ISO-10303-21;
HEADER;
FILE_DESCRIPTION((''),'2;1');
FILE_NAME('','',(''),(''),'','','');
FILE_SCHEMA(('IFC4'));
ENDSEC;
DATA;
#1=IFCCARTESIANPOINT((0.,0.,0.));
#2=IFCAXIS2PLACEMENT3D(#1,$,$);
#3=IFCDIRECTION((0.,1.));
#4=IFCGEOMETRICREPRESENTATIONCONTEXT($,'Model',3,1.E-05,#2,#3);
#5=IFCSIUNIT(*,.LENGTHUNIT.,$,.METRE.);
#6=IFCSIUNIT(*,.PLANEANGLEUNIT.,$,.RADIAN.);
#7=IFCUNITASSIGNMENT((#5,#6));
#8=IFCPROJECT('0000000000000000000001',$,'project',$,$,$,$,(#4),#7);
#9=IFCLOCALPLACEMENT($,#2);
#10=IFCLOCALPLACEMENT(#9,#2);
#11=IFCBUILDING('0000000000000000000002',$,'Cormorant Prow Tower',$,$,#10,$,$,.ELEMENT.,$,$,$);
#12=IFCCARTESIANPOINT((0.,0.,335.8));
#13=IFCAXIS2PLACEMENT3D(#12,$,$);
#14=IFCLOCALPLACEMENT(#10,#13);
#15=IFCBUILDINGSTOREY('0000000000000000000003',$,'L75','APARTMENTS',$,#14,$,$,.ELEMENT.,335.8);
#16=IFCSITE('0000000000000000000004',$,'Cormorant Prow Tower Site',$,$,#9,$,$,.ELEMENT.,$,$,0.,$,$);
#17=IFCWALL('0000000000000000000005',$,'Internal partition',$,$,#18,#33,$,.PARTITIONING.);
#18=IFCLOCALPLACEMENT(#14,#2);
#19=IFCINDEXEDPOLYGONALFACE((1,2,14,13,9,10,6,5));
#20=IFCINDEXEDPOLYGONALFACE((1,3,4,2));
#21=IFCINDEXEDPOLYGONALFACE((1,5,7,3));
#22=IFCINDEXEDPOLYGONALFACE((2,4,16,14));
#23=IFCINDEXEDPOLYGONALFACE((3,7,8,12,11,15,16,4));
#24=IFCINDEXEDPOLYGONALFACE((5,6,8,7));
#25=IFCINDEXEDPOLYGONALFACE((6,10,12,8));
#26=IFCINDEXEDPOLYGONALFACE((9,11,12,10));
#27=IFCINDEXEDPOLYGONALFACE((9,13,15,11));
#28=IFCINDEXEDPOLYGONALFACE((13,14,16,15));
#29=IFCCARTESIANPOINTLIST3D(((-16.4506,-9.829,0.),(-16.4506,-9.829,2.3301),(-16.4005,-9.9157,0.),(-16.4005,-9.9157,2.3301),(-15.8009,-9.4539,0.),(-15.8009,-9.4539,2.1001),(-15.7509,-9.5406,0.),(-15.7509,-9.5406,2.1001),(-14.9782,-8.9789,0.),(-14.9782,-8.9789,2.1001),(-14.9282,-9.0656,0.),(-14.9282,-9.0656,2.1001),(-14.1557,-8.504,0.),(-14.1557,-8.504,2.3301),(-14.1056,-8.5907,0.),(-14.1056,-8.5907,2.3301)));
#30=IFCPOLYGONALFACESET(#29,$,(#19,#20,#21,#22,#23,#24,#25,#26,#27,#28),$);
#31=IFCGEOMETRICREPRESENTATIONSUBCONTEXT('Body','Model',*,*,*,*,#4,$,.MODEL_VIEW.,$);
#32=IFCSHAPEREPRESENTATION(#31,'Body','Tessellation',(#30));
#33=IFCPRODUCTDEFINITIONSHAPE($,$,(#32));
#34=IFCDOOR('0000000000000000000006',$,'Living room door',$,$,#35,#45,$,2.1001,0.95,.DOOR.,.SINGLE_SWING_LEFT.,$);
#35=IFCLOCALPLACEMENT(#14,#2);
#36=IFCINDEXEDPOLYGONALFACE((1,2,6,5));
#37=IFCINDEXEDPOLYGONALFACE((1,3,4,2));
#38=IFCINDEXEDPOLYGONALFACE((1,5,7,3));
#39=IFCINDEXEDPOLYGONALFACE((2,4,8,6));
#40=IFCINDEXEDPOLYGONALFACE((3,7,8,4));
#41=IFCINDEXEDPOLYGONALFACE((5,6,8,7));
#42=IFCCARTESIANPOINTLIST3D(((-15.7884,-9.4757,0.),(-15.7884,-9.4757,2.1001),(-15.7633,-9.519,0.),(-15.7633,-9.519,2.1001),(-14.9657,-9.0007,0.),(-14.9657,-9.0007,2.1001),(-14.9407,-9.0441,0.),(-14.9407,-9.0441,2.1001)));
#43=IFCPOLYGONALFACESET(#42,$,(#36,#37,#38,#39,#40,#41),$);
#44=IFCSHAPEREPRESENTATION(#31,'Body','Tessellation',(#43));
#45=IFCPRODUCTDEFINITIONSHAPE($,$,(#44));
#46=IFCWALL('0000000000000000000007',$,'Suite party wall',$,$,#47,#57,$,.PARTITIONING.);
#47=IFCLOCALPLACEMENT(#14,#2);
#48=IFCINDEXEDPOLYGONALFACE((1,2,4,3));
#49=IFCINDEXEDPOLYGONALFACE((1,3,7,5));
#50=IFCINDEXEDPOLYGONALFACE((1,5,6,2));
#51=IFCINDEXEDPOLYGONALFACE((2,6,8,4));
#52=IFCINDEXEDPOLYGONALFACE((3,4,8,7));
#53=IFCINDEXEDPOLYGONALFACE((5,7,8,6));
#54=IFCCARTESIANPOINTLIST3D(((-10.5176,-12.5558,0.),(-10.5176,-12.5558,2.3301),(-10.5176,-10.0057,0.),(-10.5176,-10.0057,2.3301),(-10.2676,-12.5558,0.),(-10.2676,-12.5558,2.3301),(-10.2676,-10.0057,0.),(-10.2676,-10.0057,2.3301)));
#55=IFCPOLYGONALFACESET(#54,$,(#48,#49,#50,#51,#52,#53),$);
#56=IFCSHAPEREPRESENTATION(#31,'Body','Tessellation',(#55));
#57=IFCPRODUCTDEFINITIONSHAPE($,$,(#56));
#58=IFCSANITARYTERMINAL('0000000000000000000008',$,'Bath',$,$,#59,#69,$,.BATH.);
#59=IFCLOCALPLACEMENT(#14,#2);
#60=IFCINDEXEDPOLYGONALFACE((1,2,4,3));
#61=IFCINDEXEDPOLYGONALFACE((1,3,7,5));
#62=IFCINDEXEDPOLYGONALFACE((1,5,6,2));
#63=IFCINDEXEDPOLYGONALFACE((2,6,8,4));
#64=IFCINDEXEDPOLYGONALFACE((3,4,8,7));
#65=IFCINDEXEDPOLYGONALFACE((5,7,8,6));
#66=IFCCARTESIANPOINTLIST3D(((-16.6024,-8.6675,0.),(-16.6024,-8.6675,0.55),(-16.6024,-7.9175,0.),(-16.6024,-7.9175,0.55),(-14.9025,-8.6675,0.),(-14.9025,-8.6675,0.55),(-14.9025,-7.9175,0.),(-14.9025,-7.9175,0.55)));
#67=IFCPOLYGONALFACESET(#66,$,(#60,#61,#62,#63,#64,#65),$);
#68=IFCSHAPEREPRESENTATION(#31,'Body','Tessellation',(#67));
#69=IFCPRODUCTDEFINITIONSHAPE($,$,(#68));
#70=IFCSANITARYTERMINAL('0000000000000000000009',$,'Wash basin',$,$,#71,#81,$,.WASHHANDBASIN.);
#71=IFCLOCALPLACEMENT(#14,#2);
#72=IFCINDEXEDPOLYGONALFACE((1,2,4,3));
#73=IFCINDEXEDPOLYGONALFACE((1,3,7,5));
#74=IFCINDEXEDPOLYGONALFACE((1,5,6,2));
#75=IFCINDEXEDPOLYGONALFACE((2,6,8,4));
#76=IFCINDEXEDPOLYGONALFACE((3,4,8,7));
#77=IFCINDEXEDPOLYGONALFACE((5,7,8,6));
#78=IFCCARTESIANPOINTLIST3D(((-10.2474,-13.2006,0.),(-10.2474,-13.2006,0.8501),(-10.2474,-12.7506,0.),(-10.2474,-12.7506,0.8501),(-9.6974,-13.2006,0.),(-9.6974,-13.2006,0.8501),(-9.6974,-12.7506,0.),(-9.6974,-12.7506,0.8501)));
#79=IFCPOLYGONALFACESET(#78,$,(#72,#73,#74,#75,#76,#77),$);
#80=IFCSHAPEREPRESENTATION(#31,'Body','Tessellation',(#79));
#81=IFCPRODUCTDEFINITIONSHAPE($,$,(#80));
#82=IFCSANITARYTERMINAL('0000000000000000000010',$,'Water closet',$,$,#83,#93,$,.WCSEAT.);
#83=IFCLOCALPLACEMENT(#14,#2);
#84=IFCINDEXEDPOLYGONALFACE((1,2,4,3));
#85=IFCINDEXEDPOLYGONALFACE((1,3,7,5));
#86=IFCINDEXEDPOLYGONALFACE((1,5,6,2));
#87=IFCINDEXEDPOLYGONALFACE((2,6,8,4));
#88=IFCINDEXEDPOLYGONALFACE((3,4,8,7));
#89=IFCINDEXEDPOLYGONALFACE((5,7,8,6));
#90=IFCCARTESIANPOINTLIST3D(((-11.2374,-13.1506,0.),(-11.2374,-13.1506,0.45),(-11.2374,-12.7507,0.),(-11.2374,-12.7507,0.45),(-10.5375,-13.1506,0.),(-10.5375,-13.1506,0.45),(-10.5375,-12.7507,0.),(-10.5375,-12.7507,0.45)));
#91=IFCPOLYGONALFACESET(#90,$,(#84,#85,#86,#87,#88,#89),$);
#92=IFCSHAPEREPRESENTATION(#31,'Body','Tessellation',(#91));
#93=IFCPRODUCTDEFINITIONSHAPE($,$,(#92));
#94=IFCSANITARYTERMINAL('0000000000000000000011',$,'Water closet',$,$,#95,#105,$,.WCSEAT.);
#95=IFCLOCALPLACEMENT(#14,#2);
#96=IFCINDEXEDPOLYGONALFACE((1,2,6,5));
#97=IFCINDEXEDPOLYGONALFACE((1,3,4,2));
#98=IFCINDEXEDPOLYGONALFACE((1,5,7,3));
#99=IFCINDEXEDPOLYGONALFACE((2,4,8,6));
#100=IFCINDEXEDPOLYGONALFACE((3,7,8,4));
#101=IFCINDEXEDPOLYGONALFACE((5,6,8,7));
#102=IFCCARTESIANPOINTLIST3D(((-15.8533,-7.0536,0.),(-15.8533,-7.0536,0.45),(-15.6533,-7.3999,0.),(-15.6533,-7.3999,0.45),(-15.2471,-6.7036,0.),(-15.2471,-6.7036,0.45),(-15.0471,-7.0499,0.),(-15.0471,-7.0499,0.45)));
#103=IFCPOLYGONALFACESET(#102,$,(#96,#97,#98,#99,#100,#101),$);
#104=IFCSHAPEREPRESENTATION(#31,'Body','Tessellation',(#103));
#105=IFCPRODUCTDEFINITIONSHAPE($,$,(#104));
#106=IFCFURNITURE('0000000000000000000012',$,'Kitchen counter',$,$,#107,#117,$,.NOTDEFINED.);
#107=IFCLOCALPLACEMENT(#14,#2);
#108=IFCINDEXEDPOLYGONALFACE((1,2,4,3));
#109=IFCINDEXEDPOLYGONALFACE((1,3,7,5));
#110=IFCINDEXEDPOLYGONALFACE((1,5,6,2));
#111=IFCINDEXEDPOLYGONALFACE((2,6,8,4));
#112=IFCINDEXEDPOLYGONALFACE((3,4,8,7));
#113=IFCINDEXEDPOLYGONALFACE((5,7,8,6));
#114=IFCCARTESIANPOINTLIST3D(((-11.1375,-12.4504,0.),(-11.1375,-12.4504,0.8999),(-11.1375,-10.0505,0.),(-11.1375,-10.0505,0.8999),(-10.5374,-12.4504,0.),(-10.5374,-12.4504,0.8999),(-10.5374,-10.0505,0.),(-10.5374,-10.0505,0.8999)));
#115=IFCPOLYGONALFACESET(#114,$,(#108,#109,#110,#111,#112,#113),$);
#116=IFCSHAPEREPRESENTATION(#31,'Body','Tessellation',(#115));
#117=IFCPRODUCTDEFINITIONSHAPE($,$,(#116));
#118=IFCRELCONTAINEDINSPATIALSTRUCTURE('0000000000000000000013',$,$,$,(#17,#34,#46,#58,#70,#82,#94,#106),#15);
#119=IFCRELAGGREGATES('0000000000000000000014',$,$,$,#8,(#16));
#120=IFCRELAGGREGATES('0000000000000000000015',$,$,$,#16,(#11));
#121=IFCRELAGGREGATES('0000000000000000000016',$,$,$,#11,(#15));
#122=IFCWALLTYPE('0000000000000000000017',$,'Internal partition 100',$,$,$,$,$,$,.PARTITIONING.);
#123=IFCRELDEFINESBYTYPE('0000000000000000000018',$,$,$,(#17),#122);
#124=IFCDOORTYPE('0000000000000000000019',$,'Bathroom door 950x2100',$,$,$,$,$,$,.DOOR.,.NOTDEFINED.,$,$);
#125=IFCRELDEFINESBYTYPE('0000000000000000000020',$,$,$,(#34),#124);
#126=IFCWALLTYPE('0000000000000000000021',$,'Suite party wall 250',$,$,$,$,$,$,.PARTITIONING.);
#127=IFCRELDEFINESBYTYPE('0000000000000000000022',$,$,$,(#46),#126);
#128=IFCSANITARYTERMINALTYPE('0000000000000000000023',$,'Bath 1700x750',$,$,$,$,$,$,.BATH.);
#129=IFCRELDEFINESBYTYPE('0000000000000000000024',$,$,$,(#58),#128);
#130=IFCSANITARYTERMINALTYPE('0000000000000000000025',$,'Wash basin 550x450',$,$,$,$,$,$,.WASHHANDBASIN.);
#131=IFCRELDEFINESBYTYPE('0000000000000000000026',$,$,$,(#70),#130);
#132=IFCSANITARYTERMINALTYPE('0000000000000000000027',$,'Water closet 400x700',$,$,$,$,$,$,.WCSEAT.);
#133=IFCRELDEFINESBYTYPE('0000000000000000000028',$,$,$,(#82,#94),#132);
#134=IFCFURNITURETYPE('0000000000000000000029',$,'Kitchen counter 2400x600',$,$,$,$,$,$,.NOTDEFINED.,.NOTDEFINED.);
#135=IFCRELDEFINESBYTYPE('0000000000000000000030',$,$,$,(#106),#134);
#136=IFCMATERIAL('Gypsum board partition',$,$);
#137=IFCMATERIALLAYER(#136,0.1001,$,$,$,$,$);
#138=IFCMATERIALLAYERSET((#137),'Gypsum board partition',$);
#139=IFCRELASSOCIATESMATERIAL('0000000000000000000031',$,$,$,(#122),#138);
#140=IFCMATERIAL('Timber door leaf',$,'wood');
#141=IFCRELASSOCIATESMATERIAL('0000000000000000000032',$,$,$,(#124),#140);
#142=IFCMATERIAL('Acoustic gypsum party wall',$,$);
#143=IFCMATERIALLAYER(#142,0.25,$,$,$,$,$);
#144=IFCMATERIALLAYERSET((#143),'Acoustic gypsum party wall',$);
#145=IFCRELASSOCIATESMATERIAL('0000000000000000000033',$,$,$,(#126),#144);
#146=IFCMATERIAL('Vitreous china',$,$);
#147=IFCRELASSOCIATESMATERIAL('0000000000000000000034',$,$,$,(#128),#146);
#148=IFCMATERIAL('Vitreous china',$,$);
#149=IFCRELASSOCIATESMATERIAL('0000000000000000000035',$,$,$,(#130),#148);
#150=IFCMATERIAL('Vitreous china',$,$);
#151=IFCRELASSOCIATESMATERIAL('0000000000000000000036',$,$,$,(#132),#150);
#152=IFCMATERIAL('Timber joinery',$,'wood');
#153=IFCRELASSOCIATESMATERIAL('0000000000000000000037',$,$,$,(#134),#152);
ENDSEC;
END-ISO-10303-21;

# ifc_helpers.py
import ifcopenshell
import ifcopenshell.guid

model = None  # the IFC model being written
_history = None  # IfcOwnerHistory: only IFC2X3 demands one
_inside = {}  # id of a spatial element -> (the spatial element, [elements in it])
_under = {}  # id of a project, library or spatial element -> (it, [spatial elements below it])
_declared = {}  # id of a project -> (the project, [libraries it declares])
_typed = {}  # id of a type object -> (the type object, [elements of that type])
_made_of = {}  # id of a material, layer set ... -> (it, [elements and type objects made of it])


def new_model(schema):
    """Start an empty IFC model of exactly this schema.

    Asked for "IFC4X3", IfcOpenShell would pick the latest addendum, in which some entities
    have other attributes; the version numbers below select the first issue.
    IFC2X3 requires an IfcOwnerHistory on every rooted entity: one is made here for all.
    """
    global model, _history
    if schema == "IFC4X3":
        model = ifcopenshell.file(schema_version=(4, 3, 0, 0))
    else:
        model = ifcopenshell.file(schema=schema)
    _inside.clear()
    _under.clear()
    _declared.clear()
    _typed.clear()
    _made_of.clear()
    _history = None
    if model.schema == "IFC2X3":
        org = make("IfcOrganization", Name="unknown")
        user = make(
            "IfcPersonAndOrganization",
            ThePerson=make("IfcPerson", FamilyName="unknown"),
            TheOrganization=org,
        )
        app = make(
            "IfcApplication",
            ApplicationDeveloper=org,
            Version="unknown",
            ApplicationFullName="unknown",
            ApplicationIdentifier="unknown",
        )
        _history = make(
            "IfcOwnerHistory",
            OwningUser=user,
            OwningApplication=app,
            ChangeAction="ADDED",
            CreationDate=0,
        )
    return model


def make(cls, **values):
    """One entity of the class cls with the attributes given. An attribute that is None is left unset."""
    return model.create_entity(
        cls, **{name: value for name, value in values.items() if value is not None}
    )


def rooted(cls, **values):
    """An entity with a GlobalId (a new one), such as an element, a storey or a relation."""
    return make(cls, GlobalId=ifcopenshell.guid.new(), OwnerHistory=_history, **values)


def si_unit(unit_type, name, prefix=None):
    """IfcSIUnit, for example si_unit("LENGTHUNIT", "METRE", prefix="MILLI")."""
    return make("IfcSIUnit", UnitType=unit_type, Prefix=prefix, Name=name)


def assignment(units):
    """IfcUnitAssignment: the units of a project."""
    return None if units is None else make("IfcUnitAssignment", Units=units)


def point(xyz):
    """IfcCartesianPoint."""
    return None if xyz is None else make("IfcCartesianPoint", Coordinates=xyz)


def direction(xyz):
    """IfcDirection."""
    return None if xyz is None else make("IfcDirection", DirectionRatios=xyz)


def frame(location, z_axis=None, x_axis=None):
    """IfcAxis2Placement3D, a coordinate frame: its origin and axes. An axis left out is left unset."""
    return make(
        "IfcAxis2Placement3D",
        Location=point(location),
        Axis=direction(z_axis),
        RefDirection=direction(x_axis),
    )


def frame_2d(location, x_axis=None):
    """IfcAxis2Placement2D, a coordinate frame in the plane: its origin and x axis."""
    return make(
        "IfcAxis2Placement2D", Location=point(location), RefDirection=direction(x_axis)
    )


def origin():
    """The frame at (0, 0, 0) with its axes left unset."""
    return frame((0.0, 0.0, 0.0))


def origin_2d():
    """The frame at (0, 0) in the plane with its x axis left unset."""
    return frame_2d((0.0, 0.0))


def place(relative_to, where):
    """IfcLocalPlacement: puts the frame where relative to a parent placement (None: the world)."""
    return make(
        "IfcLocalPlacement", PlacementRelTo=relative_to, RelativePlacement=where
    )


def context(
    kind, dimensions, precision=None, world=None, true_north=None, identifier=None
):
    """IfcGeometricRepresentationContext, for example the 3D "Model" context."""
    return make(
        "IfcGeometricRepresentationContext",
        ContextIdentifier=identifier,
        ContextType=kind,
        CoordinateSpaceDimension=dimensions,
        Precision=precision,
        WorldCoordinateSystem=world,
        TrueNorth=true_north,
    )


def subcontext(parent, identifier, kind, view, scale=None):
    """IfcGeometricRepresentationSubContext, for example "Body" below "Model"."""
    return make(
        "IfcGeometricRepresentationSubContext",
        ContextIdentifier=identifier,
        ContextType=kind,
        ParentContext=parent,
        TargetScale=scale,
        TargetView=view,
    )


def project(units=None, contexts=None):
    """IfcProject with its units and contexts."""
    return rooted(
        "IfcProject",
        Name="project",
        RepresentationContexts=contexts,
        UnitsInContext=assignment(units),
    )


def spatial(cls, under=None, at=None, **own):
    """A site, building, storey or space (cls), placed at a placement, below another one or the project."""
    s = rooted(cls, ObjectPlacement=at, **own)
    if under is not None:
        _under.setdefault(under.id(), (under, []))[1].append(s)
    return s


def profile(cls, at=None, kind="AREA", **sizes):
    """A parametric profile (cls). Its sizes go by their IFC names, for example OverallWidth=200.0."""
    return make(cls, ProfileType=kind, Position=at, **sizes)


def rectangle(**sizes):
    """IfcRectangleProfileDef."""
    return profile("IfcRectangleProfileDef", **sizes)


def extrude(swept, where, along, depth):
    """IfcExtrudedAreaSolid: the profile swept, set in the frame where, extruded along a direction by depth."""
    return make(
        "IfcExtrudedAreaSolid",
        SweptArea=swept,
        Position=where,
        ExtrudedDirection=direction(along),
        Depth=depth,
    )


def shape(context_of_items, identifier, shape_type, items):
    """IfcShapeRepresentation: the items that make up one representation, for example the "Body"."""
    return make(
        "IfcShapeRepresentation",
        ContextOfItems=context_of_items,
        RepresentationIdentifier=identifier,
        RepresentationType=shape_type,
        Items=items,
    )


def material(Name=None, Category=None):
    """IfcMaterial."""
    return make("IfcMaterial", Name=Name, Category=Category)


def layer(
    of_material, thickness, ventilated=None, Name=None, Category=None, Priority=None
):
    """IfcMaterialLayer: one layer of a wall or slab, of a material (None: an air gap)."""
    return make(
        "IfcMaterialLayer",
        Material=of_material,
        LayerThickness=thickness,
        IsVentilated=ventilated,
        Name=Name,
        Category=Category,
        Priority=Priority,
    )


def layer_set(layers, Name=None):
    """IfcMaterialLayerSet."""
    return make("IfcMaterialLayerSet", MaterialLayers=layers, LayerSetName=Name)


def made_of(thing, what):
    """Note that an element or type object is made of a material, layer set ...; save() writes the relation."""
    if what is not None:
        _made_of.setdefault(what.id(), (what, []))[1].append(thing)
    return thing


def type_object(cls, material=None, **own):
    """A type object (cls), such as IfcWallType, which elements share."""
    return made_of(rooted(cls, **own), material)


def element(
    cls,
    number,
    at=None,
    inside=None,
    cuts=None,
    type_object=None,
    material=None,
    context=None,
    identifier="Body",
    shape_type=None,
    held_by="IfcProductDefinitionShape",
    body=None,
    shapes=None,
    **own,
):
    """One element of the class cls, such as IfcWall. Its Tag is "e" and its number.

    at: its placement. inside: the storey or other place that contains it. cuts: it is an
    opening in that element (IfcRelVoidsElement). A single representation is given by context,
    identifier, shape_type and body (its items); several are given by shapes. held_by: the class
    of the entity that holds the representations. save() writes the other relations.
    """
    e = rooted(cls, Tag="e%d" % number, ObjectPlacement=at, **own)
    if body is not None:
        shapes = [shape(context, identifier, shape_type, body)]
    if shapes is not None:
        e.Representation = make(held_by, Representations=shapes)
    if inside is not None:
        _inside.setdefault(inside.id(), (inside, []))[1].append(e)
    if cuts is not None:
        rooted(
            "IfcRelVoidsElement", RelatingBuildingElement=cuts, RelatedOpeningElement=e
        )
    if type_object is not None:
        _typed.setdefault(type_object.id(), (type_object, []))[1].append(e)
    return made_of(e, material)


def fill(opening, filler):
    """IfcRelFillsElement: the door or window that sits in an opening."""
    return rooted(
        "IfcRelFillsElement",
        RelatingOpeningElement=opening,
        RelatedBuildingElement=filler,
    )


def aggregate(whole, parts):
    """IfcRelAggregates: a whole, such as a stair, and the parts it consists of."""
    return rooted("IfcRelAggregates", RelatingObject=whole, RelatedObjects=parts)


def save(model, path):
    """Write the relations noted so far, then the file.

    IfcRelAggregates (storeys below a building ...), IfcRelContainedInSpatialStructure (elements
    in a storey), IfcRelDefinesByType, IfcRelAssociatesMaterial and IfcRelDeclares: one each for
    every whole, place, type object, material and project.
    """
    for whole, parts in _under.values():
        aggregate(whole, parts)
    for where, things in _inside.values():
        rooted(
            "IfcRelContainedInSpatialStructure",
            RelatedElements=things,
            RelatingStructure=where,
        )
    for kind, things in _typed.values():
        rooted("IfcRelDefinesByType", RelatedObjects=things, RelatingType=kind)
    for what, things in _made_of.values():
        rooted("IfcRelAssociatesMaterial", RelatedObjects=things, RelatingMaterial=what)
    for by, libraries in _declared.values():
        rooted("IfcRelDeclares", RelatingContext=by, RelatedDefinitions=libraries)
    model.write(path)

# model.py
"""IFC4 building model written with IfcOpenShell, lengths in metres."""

from ifc_helpers import new_model, si_unit, direction, frame, frame_2d, origin, origin_2d, place, context, subcontext, project, spatial, rectangle, extrude, material, layer, layer_set, type_object, element, fill, save


model = new_model("IFC4")

# Units and contexts
model_context = context("Model", 3, precision=1e-05, world=origin(), true_north=direction((0.0, 1.0)))
body_context = subcontext(model_context, "Body", "Model", "MODEL_VIEW")
ifc_project = project(units=[si_unit("LENGTHUNIT", "METRE"), si_unit("PLANEANGLEUNIT", "RADIAN")], contexts=[model_context])

# Site, building, storey
site_placement = place(None, origin())
site = spatial("IfcSite", under=ifc_project, at=site_placement, Name="Cormorant Prow Tower Site", CompositionType="ELEMENT", RefElevation=0.0)
building_placement = place(site_placement, origin())
building = spatial("IfcBuilding", under=site, at=building_placement, Name="Cormorant Prow Tower", CompositionType="ELEMENT")
storey_placement = place(building_placement, frame((0.0, 0.0, 335.8)))
storey = spatial("IfcBuildingStorey", under=building, at=storey_placement, Name="L75", Description="APARTMENTS", CompositionType="ELEMENT", Elevation=335.8)

# Shared definitions
ifc_material_1 = material(Name="Gypsum board partition")
ifc_layer_1 = layer(ifc_material_1, 0.1001)
ifc_layer_set_1 = layer_set([ifc_layer_1], Name="Gypsum board partition")
wall_type_1 = type_object("IfcWallType", Name="Internal partition 100", PredefinedType="PARTITIONING", material=ifc_layer_set_1)

# Wall, opening, door
wall_1_placement = place(storey_placement, frame((-16.4255, -9.8723, 0.0), z_axis=(0.0, 0.0, 1.0), x_axis=(0.866029, 0.499994, 0.0)))
wall_1 = element("IfcWall", 1, at=wall_1_placement, inside=storey, type_object=wall_type_1, Name="Internal partition", PredefinedType="PARTITIONING", context=body_context, shape_type="SweptSolid", body=[
    extrude(rectangle(XDim=2.6499, YDim=0.1001, at=frame_2d((1.325, 0.0))), origin(), (0.0, 0.0, 1.0), 2.3301),
])
opening_1_placement = place(wall_1_placement, frame((0.75, 0.0, 0.0)))
opening_1 = element("IfcOpeningElement", 2, at=opening_1_placement, cuts=wall_1, PredefinedType="OPENING", context=body_context, shape_type="SweptSolid", body=[
    extrude(rectangle(XDim=0.95, YDim=2.1001, at=frame_2d((0.4751, 1.05))), frame((0.0, 0.0601, 0.0), z_axis=(0.0, -1.0, 0.0), x_axis=(1.0, 0.0, 0.0)), (0.0, 0.0, 1.0), 0.1201),
])
ifc_material_2 = material(Name="Timber door leaf", Category="wood")
door_type_1 = type_object("IfcDoorType", Name="Bathroom door 950x2100", OperationType="NOTDEFINED", PredefinedType="DOOR", material=ifc_material_2)
door_1_placement = place(opening_1_placement, origin())
door_1 = element("IfcDoor", 3, at=door_1_placement, inside=storey, type_object=door_type_1, Name="Living room door", OperationType="SINGLE_SWING_LEFT", OverallHeight=2.1001, OverallWidth=0.95, PredefinedType="DOOR", context=body_context, shape_type="SweptSolid", body=[
    extrude(rectangle(XDim=0.95, YDim=2.1001, at=frame_2d((0.4751, 1.05))), frame((0.0, 0.0249, 0.0), z_axis=(0.0, -1.0, 0.0), x_axis=(1.0, 0.0, 0.0)), (0.0, 0.0, 1.0), 0.05),
])
fill(opening_1, door_1)

# Wall
ifc_material_3 = material(Name="Acoustic gypsum party wall")
ifc_layer_2 = layer(ifc_material_3, 0.25)
ifc_layer_set_2 = layer_set([ifc_layer_2], Name="Acoustic gypsum party wall")
wall_type_2 = type_object("IfcWallType", Name="Suite party wall 250", PredefinedType="PARTITIONING", material=ifc_layer_set_2)
wall_2_placement = place(storey_placement, frame((-10.3926, -12.5557, 0.0), z_axis=(0.0, 0.0, 1.0), x_axis=(0.0, 1.0, 0.0)))
element("IfcWall", 4, at=wall_2_placement, inside=storey, type_object=wall_type_2, Name="Suite party wall", PredefinedType="PARTITIONING", context=body_context, shape_type="SweptSolid", body=[
    extrude(rectangle(XDim=2.55, YDim=0.25, at=frame_2d((1.2749, 0.0))), origin(), (0.0, 0.0, 1.0), 2.3301),
])

# Sanitary terminals
ifc_material_4 = material(Name="Vitreous china")
sanitary_terminal_type_1 = type_object("IfcSanitaryTerminalType", Name="Bath 1700x750", PredefinedType="BATH", material=ifc_material_4)
sanitary_terminal_1_placement = place(storey_placement, frame((-15.7524, -8.2925, 0.0), z_axis=(0.0, 0.0, 1.0), x_axis=(1.0, 0.0, 0.0)))
element("IfcSanitaryTerminal", 5, at=sanitary_terminal_1_placement, inside=storey, type_object=sanitary_terminal_type_1, Name="Bath", PredefinedType="BATH", context=body_context, shape_type="SweptSolid", body=[
    extrude(rectangle(XDim=1.7, YDim=0.75, at=origin_2d()), origin(), (0.0, 0.0, 1.0), 0.55),
])
ifc_material_5 = material(Name="Vitreous china")
sanitary_terminal_type_2 = type_object("IfcSanitaryTerminalType", Name="Wash basin 550x450", PredefinedType="WASHHANDBASIN", material=ifc_material_5)
sanitary_terminal_2_placement = place(storey_placement, frame((-9.9724, -12.9756, 0.0), z_axis=(0.0, 0.0, 1.0), x_axis=(1.0, 0.0, 0.0)))
element("IfcSanitaryTerminal", 6, at=sanitary_terminal_2_placement, inside=storey, type_object=sanitary_terminal_type_2, Name="Wash basin", PredefinedType="WASHHANDBASIN", context=body_context, shape_type="SweptSolid", body=[
    extrude(rectangle(XDim=0.55, YDim=0.45, at=origin_2d()), origin(), (0.0, 0.0, 1.0), 0.8501),
])
ifc_material_6 = material(Name="Vitreous china")
sanitary_terminal_type_3 = type_object("IfcSanitaryTerminalType", Name="Water closet 400x700", PredefinedType="WCSEAT", material=ifc_material_6)
for number, where, z_axis, x_axis, name in (
    (7, (-10.8875, -12.9507, 0.0), (0.0, 0.0, 1.0), (0.0, -1.0, 0.0), "Water closet"),
    (8, (-15.4502, -7.0518, 0.0), (0.0, 0.0, 1.0), (0.5, -0.866025, 0.0), "Water closet"),
):
    element("IfcSanitaryTerminal", number, at=place(storey_placement, frame(where, z_axis=z_axis, x_axis=x_axis)), inside=storey, type_object=sanitary_terminal_type_3, Name=name, PredefinedType="WCSEAT", context=body_context, shape_type="SweptSolid", body=[
        extrude(rectangle(XDim=0.3999, YDim=0.7, at=origin_2d()), origin(), (0.0, 0.0, 1.0), 0.45),
    ])

# Furniture
ifc_material_7 = material(Name="Timber joinery", Category="wood")
furniture_type = type_object("IfcFurnitureType", Name="Kitchen counter 2400x600", AssemblyPlace="NOTDEFINED", PredefinedType="NOTDEFINED", material=ifc_material_7)
furniture_placement = place(storey_placement, frame((-10.8374, -11.2505, 0.0), z_axis=(0.0, 0.0, 1.0), x_axis=(0.0, -1.0, 0.0)))
element("IfcFurniture", 9, at=furniture_placement, inside=storey, type_object=furniture_type, Name="Kitchen counter", PredefinedType="NOTDEFINED", context=body_context, shape_type="SweptSolid", body=[
    extrude(rectangle(XDim=2.3999, YDim=0.6001, at=origin_2d()), origin(), (0.0, 0.0, 1.0), 0.8999),
])

save(model, "model.ifc")
